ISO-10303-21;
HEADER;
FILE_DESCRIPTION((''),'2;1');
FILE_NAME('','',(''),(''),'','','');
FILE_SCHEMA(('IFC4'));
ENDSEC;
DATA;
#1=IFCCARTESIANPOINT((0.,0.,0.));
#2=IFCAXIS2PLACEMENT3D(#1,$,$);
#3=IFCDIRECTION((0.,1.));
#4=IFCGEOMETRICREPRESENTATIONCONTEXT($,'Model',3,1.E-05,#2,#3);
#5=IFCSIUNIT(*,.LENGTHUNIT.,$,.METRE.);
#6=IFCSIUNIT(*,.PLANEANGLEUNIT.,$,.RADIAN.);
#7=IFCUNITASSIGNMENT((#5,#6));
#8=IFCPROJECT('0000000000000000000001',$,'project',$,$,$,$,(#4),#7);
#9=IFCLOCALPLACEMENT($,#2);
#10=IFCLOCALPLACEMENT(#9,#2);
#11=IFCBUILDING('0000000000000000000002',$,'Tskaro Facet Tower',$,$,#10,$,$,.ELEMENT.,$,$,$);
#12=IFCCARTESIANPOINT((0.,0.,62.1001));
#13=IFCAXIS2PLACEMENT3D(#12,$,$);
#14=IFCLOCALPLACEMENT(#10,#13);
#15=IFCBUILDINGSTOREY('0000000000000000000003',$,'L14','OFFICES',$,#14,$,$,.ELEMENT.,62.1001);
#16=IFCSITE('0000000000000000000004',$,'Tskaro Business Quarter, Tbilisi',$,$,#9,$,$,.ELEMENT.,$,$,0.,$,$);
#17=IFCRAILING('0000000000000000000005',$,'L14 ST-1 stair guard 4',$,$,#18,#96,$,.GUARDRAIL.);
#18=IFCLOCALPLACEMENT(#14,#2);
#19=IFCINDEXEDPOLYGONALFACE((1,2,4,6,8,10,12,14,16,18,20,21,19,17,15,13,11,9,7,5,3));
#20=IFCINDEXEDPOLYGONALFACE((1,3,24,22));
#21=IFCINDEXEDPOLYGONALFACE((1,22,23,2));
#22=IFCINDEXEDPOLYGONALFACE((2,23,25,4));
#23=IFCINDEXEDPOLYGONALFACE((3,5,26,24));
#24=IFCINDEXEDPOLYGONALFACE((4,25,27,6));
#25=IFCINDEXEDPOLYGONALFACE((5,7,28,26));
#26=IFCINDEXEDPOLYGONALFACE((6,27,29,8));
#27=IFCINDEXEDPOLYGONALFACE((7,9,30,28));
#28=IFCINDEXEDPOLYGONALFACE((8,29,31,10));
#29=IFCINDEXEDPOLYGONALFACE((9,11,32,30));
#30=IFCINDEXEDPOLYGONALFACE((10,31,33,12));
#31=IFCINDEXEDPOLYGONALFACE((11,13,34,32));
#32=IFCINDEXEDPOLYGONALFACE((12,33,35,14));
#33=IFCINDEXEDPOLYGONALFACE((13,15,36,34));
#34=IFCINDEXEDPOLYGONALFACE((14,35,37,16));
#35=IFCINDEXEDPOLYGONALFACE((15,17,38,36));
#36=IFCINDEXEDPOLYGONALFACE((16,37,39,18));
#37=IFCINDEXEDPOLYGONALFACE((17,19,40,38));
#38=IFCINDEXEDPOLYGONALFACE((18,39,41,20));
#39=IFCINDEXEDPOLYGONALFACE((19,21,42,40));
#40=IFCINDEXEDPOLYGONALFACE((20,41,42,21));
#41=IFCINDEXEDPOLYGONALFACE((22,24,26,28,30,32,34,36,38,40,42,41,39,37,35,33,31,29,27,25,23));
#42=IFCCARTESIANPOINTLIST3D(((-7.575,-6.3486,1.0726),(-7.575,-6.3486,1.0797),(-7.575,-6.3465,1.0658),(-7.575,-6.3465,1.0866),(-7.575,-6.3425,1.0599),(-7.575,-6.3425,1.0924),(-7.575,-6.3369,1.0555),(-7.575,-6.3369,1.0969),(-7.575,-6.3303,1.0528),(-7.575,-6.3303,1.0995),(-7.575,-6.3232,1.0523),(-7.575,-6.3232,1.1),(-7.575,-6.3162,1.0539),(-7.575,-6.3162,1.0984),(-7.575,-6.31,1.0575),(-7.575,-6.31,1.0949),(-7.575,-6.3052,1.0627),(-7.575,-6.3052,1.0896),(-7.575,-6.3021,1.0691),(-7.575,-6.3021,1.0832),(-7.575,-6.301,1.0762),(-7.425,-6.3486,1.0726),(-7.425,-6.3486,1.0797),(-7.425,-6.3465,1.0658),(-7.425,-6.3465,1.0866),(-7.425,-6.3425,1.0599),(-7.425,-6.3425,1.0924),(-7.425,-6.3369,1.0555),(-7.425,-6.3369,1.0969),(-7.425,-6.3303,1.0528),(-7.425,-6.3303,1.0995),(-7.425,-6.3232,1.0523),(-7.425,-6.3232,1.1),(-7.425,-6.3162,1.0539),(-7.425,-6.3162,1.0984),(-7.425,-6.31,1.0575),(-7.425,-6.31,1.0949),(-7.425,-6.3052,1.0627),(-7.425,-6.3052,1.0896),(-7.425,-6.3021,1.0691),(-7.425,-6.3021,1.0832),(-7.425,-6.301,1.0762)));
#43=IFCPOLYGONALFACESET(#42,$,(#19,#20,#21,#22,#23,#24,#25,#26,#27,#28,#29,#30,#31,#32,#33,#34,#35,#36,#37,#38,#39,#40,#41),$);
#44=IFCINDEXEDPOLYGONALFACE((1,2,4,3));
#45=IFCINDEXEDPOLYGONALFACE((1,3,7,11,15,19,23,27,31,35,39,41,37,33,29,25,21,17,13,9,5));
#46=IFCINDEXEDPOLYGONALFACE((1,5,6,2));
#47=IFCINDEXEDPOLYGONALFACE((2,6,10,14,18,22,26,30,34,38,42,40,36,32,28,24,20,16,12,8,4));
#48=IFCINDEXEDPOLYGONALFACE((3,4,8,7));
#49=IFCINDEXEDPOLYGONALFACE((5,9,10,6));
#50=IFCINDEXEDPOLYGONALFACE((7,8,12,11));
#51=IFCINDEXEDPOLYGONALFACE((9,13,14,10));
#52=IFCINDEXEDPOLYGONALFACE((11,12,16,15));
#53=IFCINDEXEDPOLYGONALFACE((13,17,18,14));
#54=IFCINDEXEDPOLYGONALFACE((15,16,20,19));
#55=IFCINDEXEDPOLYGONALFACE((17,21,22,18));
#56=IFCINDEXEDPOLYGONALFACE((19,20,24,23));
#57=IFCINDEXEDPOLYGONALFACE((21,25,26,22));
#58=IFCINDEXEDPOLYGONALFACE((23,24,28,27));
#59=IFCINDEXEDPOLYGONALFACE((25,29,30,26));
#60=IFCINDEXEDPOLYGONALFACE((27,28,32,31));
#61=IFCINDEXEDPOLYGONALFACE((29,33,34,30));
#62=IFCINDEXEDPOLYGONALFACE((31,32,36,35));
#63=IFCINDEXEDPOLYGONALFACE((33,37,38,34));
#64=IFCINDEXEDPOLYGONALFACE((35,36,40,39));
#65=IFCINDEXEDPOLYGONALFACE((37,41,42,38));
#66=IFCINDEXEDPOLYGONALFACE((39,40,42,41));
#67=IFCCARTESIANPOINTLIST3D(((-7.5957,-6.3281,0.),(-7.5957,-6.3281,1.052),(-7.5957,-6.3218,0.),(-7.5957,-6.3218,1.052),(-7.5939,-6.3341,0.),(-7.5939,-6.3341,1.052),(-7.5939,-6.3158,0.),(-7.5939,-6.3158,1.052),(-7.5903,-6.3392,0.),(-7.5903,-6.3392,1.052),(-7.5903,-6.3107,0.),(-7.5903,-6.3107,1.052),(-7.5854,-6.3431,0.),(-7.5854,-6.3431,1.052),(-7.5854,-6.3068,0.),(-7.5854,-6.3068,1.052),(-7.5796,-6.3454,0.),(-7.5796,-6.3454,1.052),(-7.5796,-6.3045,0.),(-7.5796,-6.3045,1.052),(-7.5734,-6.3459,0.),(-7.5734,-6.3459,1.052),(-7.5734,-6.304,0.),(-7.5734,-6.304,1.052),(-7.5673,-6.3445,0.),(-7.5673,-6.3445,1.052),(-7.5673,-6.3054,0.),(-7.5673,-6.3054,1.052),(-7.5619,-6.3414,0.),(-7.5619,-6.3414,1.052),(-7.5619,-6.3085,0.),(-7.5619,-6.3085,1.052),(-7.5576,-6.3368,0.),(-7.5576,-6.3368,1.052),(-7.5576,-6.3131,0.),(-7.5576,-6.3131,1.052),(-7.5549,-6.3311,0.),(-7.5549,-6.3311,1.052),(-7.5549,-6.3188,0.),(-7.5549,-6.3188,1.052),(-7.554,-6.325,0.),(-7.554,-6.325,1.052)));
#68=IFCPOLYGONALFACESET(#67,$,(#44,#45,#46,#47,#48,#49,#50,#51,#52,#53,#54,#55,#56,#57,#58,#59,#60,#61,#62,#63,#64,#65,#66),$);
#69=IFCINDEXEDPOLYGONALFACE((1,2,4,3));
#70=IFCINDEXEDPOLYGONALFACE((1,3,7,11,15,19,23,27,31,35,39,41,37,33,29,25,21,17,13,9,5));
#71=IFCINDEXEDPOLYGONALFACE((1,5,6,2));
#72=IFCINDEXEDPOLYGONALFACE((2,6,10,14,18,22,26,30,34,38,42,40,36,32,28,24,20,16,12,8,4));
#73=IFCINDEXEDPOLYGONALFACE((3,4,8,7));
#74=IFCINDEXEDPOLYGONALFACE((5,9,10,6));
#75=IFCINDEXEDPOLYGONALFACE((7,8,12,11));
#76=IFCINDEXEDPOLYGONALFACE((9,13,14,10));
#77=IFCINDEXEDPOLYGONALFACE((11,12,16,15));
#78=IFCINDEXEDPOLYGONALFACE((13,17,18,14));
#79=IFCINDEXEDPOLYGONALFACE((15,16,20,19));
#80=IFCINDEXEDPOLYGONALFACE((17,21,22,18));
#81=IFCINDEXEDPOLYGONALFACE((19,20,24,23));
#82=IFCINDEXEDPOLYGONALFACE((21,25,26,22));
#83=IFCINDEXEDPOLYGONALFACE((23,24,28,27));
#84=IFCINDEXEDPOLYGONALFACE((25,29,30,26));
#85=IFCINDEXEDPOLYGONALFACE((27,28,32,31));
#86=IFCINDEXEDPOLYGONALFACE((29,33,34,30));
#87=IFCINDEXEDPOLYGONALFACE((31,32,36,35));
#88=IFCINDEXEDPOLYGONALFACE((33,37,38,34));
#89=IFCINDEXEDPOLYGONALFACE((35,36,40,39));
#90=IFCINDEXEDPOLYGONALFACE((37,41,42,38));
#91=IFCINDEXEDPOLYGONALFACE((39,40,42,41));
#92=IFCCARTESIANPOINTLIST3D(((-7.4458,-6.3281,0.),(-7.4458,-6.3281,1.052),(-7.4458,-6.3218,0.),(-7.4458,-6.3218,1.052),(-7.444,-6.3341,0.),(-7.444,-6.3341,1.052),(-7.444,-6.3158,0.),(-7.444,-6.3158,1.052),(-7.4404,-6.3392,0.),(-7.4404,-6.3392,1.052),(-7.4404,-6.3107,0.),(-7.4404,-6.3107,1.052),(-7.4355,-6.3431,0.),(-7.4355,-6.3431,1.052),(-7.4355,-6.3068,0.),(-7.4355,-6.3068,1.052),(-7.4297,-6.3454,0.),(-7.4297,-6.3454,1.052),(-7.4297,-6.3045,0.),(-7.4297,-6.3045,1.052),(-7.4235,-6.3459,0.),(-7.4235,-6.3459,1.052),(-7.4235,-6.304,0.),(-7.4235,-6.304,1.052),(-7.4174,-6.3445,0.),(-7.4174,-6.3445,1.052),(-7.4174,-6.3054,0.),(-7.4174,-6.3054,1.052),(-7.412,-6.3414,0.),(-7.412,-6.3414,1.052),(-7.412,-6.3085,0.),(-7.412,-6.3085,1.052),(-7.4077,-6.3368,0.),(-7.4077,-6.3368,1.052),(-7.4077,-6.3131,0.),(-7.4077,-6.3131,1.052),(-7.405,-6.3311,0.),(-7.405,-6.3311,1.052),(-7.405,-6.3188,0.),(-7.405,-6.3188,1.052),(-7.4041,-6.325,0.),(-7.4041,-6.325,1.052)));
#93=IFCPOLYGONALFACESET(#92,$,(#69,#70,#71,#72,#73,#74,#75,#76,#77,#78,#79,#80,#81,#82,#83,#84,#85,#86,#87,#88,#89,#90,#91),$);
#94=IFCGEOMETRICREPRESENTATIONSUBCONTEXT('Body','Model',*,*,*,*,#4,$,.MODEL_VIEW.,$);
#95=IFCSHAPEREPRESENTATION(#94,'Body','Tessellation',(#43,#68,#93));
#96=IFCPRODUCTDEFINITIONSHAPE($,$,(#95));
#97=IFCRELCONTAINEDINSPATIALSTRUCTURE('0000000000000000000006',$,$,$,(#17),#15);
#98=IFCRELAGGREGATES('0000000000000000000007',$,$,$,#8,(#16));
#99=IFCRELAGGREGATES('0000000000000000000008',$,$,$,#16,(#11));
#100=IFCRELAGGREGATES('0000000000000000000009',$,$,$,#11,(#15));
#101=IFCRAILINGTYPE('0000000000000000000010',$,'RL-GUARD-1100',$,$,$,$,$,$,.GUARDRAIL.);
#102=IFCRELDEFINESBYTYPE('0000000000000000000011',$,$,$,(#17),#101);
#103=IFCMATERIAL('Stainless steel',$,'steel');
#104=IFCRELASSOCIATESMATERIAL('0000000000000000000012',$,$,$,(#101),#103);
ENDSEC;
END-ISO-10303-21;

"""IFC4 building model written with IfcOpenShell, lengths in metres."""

from ifc_helpers import new_model, si_unit, direction, frame, origin, origin_2d, place, context, subcontext, project, spatial, circle, extrude, material, type_object, element, save


model = new_model("IFC4")

# Units and contexts
model_context = context("Model", 3, precision=1e-05, world=origin(), true_north=direction((0.0, 1.0)))
body_context = subcontext(model_context, "Body", "Model", "MODEL_VIEW")
ifc_project = project(units=[si_unit("LENGTHUNIT", "METRE"), si_unit("PLANEANGLEUNIT", "RADIAN")], contexts=[model_context])

# Site, building, storey
site_placement = place(None, origin())
site = spatial("IfcSite", under=ifc_project, at=site_placement, Name="Tskaro Business Quarter, Tbilisi", CompositionType="ELEMENT", RefElevation=0.0)
building_placement = place(site_placement, origin())
building = spatial("IfcBuilding", under=site, at=building_placement, Name="Tskaro Facet Tower", CompositionType="ELEMENT")
storey_placement = place(building_placement, frame((0.0, 0.0, 62.1001)))
storey = spatial("IfcBuildingStorey", under=building, at=storey_placement, Name="L14", Description="OFFICES", CompositionType="ELEMENT", Elevation=62.1001)

# Shared definitions
ifc_material_1 = material(Name="Stainless steel", Category="steel")

# Railing
railing_type_1 = type_object("IfcRailingType", Name="RL-GUARD-1100", PredefinedType="GUARDRAIL", material=ifc_material_1)
railing_1_placement = place(storey_placement, frame((-7.575, -6.325, 0.0)))
element("IfcRailing", 1, at=railing_1_placement, inside=storey, type_object=railing_type_1, Name="L14 ST-1 stair guard 4", PredefinedType="GUARDRAIL", context=body_context, shape_type="SweptSolid", body=[
    extrude(circle(Radius=0.0239, at=origin_2d()), frame((0.0, 0.0, 1.0762), z_axis=(1.0, 0.0, 0.0), x_axis=(0.0, 1.0, 0.0)), (0.0, 0.0, 1.0), 0.1499),
    extrude(circle(Radius=0.021, at=origin_2d()), origin(), (0.0, 0.0, 1.0), 1.052),
    extrude(circle(Radius=0.021, at=origin_2d()), frame((0.1499, 0.0, 0.0)), (0.0, 0.0, 1.0), 1.052),
])

save(model, "model.ifc")
